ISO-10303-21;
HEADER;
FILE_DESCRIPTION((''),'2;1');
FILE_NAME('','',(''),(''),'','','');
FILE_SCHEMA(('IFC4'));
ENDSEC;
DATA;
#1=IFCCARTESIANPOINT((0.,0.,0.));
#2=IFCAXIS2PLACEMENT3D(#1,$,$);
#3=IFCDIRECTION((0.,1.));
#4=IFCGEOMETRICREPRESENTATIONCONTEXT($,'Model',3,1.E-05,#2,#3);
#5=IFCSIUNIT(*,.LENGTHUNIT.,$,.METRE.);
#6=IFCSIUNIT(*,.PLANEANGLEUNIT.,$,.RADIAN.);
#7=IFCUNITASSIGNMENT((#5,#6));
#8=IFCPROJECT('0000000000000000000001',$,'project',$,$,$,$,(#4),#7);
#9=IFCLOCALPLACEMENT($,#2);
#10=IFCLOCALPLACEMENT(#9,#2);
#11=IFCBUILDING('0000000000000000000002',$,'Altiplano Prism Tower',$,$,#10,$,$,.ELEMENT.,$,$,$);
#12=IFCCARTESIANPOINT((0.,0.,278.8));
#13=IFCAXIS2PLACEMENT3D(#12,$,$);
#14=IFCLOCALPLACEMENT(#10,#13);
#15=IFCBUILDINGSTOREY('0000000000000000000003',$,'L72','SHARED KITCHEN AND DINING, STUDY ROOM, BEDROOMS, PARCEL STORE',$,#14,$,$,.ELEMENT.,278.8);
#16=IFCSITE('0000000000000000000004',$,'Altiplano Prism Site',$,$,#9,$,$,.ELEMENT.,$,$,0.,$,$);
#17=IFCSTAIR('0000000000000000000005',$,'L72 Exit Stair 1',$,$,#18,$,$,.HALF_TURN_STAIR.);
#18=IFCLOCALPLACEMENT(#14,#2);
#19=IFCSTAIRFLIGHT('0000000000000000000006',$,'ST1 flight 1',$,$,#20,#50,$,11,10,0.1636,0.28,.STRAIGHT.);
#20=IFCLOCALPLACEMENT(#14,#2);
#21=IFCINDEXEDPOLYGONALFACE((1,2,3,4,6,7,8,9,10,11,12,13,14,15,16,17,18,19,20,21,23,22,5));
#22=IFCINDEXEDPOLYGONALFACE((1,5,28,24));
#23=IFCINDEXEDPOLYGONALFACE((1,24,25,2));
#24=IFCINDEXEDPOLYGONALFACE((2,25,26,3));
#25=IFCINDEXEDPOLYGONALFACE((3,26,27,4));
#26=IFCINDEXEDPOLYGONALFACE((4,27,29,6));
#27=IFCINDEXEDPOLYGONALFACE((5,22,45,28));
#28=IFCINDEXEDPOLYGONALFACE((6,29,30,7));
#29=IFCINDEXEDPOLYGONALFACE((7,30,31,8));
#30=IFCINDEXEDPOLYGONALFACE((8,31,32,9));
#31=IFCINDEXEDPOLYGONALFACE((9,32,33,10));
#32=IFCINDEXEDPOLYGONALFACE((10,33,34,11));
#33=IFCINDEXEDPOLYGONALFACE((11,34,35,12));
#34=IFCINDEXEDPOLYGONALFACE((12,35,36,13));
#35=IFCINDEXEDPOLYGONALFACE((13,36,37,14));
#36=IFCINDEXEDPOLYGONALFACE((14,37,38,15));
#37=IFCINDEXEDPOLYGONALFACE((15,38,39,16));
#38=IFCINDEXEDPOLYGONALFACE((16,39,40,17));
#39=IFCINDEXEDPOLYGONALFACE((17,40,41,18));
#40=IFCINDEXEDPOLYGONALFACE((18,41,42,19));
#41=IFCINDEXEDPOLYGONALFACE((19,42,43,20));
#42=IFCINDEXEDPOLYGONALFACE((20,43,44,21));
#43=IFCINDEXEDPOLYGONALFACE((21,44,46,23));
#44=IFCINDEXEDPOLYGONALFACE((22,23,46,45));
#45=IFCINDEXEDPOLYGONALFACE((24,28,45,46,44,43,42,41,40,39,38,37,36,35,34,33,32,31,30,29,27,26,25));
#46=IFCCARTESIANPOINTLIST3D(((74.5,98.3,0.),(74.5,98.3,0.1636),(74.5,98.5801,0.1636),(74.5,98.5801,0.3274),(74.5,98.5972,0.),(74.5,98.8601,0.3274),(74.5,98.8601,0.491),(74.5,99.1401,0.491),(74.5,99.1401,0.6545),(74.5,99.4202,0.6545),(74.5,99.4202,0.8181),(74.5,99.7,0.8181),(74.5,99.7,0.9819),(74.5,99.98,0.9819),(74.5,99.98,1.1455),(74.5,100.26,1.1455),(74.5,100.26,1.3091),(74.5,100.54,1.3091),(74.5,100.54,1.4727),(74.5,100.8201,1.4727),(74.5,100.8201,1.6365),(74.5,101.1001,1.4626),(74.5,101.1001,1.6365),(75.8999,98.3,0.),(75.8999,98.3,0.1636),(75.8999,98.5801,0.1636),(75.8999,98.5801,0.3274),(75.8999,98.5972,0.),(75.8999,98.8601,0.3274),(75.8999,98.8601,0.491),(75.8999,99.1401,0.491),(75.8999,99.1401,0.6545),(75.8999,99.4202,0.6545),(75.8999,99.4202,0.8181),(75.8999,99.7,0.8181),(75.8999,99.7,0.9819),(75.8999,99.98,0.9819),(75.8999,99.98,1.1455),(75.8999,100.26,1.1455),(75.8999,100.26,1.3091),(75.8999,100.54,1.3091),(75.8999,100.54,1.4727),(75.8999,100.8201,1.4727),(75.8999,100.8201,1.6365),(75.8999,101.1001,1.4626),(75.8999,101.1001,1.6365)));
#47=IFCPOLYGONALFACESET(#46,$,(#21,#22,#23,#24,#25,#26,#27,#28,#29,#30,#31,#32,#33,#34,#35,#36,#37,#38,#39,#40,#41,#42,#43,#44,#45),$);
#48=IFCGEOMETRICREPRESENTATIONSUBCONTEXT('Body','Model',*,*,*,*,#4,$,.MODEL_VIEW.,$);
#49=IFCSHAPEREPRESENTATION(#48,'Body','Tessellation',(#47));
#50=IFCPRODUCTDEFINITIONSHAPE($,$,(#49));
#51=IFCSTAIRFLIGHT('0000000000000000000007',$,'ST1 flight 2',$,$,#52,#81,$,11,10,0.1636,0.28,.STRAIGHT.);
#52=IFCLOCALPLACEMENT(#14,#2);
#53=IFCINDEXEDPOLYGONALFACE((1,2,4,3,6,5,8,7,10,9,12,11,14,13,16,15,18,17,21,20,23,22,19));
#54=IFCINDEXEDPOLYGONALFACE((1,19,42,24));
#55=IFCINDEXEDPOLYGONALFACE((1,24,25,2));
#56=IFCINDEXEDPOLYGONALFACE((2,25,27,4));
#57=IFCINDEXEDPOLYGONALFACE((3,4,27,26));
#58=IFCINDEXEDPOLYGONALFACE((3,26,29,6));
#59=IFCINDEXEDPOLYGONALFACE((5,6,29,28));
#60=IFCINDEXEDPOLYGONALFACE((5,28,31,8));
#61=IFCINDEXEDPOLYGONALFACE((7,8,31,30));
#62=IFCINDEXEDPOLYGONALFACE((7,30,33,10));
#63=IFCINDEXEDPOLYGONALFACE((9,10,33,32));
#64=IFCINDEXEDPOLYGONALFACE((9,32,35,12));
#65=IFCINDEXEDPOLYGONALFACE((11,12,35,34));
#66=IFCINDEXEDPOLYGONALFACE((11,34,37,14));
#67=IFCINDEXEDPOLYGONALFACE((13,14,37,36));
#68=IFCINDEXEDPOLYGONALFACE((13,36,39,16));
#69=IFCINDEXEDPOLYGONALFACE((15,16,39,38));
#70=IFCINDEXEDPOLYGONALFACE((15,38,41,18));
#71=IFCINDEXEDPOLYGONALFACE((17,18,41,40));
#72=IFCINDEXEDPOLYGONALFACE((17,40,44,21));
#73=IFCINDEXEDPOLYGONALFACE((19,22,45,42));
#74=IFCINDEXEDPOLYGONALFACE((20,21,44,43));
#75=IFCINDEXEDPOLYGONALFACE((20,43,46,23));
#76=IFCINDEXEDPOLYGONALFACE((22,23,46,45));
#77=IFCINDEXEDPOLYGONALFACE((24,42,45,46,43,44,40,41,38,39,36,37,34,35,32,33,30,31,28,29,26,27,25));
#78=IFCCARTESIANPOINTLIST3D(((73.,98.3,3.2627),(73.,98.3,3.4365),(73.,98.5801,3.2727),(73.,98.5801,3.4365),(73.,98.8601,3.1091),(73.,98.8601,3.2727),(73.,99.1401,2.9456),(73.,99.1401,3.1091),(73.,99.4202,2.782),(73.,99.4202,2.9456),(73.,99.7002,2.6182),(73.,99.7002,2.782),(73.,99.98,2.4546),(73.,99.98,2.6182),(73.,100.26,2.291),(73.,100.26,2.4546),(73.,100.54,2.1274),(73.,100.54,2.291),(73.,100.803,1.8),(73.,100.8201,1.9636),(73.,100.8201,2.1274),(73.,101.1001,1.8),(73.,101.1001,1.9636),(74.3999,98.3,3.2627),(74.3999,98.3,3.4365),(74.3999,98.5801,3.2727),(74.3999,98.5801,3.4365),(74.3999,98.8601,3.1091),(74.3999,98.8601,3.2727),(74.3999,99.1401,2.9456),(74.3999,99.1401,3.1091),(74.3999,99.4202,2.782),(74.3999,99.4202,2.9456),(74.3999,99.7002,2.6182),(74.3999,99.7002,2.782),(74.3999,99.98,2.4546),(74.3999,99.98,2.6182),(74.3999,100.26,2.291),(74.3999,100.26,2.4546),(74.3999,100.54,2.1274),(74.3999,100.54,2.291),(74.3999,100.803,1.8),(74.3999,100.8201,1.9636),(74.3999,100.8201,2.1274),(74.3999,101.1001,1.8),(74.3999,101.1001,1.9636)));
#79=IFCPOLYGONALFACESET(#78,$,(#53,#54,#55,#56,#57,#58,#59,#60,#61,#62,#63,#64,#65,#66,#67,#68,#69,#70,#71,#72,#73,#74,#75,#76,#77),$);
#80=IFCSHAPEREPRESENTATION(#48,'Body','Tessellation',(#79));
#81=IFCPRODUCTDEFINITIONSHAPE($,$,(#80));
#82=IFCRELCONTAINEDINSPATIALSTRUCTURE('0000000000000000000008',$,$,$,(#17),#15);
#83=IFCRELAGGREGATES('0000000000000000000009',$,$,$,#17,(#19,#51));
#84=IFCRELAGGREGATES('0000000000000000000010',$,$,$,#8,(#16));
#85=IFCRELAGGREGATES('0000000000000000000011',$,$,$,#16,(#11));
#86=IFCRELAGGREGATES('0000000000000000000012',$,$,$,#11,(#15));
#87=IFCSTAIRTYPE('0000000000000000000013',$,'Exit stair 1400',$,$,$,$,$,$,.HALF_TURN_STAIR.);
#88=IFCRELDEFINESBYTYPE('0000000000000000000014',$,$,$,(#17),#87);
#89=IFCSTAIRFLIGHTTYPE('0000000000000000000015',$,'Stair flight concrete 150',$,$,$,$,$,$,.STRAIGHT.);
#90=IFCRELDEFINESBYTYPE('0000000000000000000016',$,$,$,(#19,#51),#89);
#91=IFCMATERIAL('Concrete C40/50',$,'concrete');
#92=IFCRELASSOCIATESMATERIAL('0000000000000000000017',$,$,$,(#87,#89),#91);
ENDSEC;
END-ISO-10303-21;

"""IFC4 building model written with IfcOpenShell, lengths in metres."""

from ifc_helpers import new_model, si_unit, direction, frame, origin, place, context, subcontext, project, spatial, polyline, outline, extrude, material, type_object, element, aggregate, save


model = new_model("IFC4")

# Units and contexts
model_context = context("Model", 3, precision=1e-05, world=origin(), true_north=direction((0.0, 1.0)))
body_context = subcontext(model_context, "Body", "Model", "MODEL_VIEW")
ifc_project = project(units=[si_unit("LENGTHUNIT", "METRE"), si_unit("PLANEANGLEUNIT", "RADIAN")], contexts=[model_context])

# Site, building, storey
site_placement = place(None, origin())
site = spatial("IfcSite", under=ifc_project, at=site_placement, Name="Altiplano Prism Site", CompositionType="ELEMENT", RefElevation=0.0)
building_placement = place(site_placement, origin())
building = spatial("IfcBuilding", under=site, at=building_placement, Name="Altiplano Prism Tower", CompositionType="ELEMENT")
storey_placement = place(building_placement, frame((0.0, 0.0, 278.8)))
storey = spatial("IfcBuildingStorey", under=building, at=storey_placement, Name="L72", Description="SHARED KITCHEN AND DINING, STUDY ROOM, BEDROOMS, PARCEL STORE", CompositionType="ELEMENT", Elevation=278.8)

# Stair, stair flights
ifc_material_1 = material(Name="Concrete C40/50", Category="concrete")
stair_type = type_object("IfcStairType", Name="Exit stair 1400", PredefinedType="HALF_TURN_STAIR", material=ifc_material_1)
stair_placement = place(storey_placement, origin())
stair = element("IfcStair", 1, at=stair_placement, inside=storey, type_object=stair_type, Name="L72 Exit Stair 1", PredefinedType="HALF_TURN_STAIR")
stair_flight_type = type_object("IfcStairFlightType", Name="Stair flight concrete 150", PredefinedType="STRAIGHT", material=ifc_material_1)
stair_flight_1_placement = place(storey_placement, frame((75.2, 98.3, 0.0), z_axis=(0.0, 0.0, 1.0), x_axis=(0.0, 1.0, 0.0)))
stair_flight_1 = element("IfcStairFlight", 2, at=stair_flight_1_placement, type_object=stair_flight_type, Name="ST1 flight 1", NumberOfRisers=11, NumberOfTreads=10, PredefinedType="STRAIGHT", RiserHeight=0.1636, TreadLength=0.28, context=body_context, shape_type="SweptSolid", body=[
    extrude(outline(polyline([(0.0, 0.0), (0.0, 0.1636), (0.28, 0.1636), (0.28, 0.3274), (0.5601, 0.3274), (0.5601, 0.491), (0.8401, 0.491), (0.8401, 0.6545), (1.1201, 0.6545), (1.1201, 0.8181), (1.3999, 0.8181), (1.3999, 0.9819), (1.6799, 0.9819), (1.6799, 1.1455), (1.96, 1.1455), (1.96, 1.3091), (2.24, 1.3091), (2.24, 1.4727), (2.52, 1.4727), (2.52, 1.6365), (2.8, 1.6365), (2.8, 1.8), (2.8, 1.4626), (0.2971, 0.0), (0.0, 0.0)])), frame((0.0, 0.7, 0.0), z_axis=(0.0, -1.0, 0.0), x_axis=(1.0, 0.0, 0.0)), (0.0, 0.0, 1.0), 1.3999),
])
stair_flight_2_placement = place(storey_placement, frame((73.7, 101.1001, 1.8), z_axis=(0.0, 0.0, 1.0), x_axis=(0.0, -1.0, 0.0)))
stair_flight_2 = element("IfcStairFlight", 3, at=stair_flight_2_placement, type_object=stair_flight_type, Name="ST1 flight 2", NumberOfRisers=11, NumberOfTreads=10, PredefinedType="STRAIGHT", RiserHeight=0.1636, TreadLength=0.28, context=body_context, shape_type="SweptSolid", body=[
    extrude(outline(polyline([(0.0, 0.0), (0.0, 0.1636), (0.28, 0.1636), (0.28, 0.3274), (0.5601, 0.3274), (0.5601, 0.491), (0.8401, 0.491), (0.8401, 0.6545), (1.1201, 0.6545), (1.1201, 0.8181), (1.3999, 0.8181), (1.3999, 0.9819), (1.6799, 0.9819), (1.6799, 1.1455), (1.96, 1.1455), (1.96, 1.3091), (2.24, 1.3091), (2.24, 1.4727), (2.52, 1.4727), (2.52, 1.6365), (2.8, 1.6365), (2.8, 1.8), (2.8, 1.4626), (0.2971, 0.0), (0.0, 0.0)])), frame((0.0, 0.7, 0.0), z_axis=(0.0, -1.0, 0.0), x_axis=(1.0, 0.0, 0.0)), (0.0, 0.0, 1.0), 1.3999),
])
aggregate(stair, [stair_flight_1, stair_flight_2])

save(model, "model.ifc")
